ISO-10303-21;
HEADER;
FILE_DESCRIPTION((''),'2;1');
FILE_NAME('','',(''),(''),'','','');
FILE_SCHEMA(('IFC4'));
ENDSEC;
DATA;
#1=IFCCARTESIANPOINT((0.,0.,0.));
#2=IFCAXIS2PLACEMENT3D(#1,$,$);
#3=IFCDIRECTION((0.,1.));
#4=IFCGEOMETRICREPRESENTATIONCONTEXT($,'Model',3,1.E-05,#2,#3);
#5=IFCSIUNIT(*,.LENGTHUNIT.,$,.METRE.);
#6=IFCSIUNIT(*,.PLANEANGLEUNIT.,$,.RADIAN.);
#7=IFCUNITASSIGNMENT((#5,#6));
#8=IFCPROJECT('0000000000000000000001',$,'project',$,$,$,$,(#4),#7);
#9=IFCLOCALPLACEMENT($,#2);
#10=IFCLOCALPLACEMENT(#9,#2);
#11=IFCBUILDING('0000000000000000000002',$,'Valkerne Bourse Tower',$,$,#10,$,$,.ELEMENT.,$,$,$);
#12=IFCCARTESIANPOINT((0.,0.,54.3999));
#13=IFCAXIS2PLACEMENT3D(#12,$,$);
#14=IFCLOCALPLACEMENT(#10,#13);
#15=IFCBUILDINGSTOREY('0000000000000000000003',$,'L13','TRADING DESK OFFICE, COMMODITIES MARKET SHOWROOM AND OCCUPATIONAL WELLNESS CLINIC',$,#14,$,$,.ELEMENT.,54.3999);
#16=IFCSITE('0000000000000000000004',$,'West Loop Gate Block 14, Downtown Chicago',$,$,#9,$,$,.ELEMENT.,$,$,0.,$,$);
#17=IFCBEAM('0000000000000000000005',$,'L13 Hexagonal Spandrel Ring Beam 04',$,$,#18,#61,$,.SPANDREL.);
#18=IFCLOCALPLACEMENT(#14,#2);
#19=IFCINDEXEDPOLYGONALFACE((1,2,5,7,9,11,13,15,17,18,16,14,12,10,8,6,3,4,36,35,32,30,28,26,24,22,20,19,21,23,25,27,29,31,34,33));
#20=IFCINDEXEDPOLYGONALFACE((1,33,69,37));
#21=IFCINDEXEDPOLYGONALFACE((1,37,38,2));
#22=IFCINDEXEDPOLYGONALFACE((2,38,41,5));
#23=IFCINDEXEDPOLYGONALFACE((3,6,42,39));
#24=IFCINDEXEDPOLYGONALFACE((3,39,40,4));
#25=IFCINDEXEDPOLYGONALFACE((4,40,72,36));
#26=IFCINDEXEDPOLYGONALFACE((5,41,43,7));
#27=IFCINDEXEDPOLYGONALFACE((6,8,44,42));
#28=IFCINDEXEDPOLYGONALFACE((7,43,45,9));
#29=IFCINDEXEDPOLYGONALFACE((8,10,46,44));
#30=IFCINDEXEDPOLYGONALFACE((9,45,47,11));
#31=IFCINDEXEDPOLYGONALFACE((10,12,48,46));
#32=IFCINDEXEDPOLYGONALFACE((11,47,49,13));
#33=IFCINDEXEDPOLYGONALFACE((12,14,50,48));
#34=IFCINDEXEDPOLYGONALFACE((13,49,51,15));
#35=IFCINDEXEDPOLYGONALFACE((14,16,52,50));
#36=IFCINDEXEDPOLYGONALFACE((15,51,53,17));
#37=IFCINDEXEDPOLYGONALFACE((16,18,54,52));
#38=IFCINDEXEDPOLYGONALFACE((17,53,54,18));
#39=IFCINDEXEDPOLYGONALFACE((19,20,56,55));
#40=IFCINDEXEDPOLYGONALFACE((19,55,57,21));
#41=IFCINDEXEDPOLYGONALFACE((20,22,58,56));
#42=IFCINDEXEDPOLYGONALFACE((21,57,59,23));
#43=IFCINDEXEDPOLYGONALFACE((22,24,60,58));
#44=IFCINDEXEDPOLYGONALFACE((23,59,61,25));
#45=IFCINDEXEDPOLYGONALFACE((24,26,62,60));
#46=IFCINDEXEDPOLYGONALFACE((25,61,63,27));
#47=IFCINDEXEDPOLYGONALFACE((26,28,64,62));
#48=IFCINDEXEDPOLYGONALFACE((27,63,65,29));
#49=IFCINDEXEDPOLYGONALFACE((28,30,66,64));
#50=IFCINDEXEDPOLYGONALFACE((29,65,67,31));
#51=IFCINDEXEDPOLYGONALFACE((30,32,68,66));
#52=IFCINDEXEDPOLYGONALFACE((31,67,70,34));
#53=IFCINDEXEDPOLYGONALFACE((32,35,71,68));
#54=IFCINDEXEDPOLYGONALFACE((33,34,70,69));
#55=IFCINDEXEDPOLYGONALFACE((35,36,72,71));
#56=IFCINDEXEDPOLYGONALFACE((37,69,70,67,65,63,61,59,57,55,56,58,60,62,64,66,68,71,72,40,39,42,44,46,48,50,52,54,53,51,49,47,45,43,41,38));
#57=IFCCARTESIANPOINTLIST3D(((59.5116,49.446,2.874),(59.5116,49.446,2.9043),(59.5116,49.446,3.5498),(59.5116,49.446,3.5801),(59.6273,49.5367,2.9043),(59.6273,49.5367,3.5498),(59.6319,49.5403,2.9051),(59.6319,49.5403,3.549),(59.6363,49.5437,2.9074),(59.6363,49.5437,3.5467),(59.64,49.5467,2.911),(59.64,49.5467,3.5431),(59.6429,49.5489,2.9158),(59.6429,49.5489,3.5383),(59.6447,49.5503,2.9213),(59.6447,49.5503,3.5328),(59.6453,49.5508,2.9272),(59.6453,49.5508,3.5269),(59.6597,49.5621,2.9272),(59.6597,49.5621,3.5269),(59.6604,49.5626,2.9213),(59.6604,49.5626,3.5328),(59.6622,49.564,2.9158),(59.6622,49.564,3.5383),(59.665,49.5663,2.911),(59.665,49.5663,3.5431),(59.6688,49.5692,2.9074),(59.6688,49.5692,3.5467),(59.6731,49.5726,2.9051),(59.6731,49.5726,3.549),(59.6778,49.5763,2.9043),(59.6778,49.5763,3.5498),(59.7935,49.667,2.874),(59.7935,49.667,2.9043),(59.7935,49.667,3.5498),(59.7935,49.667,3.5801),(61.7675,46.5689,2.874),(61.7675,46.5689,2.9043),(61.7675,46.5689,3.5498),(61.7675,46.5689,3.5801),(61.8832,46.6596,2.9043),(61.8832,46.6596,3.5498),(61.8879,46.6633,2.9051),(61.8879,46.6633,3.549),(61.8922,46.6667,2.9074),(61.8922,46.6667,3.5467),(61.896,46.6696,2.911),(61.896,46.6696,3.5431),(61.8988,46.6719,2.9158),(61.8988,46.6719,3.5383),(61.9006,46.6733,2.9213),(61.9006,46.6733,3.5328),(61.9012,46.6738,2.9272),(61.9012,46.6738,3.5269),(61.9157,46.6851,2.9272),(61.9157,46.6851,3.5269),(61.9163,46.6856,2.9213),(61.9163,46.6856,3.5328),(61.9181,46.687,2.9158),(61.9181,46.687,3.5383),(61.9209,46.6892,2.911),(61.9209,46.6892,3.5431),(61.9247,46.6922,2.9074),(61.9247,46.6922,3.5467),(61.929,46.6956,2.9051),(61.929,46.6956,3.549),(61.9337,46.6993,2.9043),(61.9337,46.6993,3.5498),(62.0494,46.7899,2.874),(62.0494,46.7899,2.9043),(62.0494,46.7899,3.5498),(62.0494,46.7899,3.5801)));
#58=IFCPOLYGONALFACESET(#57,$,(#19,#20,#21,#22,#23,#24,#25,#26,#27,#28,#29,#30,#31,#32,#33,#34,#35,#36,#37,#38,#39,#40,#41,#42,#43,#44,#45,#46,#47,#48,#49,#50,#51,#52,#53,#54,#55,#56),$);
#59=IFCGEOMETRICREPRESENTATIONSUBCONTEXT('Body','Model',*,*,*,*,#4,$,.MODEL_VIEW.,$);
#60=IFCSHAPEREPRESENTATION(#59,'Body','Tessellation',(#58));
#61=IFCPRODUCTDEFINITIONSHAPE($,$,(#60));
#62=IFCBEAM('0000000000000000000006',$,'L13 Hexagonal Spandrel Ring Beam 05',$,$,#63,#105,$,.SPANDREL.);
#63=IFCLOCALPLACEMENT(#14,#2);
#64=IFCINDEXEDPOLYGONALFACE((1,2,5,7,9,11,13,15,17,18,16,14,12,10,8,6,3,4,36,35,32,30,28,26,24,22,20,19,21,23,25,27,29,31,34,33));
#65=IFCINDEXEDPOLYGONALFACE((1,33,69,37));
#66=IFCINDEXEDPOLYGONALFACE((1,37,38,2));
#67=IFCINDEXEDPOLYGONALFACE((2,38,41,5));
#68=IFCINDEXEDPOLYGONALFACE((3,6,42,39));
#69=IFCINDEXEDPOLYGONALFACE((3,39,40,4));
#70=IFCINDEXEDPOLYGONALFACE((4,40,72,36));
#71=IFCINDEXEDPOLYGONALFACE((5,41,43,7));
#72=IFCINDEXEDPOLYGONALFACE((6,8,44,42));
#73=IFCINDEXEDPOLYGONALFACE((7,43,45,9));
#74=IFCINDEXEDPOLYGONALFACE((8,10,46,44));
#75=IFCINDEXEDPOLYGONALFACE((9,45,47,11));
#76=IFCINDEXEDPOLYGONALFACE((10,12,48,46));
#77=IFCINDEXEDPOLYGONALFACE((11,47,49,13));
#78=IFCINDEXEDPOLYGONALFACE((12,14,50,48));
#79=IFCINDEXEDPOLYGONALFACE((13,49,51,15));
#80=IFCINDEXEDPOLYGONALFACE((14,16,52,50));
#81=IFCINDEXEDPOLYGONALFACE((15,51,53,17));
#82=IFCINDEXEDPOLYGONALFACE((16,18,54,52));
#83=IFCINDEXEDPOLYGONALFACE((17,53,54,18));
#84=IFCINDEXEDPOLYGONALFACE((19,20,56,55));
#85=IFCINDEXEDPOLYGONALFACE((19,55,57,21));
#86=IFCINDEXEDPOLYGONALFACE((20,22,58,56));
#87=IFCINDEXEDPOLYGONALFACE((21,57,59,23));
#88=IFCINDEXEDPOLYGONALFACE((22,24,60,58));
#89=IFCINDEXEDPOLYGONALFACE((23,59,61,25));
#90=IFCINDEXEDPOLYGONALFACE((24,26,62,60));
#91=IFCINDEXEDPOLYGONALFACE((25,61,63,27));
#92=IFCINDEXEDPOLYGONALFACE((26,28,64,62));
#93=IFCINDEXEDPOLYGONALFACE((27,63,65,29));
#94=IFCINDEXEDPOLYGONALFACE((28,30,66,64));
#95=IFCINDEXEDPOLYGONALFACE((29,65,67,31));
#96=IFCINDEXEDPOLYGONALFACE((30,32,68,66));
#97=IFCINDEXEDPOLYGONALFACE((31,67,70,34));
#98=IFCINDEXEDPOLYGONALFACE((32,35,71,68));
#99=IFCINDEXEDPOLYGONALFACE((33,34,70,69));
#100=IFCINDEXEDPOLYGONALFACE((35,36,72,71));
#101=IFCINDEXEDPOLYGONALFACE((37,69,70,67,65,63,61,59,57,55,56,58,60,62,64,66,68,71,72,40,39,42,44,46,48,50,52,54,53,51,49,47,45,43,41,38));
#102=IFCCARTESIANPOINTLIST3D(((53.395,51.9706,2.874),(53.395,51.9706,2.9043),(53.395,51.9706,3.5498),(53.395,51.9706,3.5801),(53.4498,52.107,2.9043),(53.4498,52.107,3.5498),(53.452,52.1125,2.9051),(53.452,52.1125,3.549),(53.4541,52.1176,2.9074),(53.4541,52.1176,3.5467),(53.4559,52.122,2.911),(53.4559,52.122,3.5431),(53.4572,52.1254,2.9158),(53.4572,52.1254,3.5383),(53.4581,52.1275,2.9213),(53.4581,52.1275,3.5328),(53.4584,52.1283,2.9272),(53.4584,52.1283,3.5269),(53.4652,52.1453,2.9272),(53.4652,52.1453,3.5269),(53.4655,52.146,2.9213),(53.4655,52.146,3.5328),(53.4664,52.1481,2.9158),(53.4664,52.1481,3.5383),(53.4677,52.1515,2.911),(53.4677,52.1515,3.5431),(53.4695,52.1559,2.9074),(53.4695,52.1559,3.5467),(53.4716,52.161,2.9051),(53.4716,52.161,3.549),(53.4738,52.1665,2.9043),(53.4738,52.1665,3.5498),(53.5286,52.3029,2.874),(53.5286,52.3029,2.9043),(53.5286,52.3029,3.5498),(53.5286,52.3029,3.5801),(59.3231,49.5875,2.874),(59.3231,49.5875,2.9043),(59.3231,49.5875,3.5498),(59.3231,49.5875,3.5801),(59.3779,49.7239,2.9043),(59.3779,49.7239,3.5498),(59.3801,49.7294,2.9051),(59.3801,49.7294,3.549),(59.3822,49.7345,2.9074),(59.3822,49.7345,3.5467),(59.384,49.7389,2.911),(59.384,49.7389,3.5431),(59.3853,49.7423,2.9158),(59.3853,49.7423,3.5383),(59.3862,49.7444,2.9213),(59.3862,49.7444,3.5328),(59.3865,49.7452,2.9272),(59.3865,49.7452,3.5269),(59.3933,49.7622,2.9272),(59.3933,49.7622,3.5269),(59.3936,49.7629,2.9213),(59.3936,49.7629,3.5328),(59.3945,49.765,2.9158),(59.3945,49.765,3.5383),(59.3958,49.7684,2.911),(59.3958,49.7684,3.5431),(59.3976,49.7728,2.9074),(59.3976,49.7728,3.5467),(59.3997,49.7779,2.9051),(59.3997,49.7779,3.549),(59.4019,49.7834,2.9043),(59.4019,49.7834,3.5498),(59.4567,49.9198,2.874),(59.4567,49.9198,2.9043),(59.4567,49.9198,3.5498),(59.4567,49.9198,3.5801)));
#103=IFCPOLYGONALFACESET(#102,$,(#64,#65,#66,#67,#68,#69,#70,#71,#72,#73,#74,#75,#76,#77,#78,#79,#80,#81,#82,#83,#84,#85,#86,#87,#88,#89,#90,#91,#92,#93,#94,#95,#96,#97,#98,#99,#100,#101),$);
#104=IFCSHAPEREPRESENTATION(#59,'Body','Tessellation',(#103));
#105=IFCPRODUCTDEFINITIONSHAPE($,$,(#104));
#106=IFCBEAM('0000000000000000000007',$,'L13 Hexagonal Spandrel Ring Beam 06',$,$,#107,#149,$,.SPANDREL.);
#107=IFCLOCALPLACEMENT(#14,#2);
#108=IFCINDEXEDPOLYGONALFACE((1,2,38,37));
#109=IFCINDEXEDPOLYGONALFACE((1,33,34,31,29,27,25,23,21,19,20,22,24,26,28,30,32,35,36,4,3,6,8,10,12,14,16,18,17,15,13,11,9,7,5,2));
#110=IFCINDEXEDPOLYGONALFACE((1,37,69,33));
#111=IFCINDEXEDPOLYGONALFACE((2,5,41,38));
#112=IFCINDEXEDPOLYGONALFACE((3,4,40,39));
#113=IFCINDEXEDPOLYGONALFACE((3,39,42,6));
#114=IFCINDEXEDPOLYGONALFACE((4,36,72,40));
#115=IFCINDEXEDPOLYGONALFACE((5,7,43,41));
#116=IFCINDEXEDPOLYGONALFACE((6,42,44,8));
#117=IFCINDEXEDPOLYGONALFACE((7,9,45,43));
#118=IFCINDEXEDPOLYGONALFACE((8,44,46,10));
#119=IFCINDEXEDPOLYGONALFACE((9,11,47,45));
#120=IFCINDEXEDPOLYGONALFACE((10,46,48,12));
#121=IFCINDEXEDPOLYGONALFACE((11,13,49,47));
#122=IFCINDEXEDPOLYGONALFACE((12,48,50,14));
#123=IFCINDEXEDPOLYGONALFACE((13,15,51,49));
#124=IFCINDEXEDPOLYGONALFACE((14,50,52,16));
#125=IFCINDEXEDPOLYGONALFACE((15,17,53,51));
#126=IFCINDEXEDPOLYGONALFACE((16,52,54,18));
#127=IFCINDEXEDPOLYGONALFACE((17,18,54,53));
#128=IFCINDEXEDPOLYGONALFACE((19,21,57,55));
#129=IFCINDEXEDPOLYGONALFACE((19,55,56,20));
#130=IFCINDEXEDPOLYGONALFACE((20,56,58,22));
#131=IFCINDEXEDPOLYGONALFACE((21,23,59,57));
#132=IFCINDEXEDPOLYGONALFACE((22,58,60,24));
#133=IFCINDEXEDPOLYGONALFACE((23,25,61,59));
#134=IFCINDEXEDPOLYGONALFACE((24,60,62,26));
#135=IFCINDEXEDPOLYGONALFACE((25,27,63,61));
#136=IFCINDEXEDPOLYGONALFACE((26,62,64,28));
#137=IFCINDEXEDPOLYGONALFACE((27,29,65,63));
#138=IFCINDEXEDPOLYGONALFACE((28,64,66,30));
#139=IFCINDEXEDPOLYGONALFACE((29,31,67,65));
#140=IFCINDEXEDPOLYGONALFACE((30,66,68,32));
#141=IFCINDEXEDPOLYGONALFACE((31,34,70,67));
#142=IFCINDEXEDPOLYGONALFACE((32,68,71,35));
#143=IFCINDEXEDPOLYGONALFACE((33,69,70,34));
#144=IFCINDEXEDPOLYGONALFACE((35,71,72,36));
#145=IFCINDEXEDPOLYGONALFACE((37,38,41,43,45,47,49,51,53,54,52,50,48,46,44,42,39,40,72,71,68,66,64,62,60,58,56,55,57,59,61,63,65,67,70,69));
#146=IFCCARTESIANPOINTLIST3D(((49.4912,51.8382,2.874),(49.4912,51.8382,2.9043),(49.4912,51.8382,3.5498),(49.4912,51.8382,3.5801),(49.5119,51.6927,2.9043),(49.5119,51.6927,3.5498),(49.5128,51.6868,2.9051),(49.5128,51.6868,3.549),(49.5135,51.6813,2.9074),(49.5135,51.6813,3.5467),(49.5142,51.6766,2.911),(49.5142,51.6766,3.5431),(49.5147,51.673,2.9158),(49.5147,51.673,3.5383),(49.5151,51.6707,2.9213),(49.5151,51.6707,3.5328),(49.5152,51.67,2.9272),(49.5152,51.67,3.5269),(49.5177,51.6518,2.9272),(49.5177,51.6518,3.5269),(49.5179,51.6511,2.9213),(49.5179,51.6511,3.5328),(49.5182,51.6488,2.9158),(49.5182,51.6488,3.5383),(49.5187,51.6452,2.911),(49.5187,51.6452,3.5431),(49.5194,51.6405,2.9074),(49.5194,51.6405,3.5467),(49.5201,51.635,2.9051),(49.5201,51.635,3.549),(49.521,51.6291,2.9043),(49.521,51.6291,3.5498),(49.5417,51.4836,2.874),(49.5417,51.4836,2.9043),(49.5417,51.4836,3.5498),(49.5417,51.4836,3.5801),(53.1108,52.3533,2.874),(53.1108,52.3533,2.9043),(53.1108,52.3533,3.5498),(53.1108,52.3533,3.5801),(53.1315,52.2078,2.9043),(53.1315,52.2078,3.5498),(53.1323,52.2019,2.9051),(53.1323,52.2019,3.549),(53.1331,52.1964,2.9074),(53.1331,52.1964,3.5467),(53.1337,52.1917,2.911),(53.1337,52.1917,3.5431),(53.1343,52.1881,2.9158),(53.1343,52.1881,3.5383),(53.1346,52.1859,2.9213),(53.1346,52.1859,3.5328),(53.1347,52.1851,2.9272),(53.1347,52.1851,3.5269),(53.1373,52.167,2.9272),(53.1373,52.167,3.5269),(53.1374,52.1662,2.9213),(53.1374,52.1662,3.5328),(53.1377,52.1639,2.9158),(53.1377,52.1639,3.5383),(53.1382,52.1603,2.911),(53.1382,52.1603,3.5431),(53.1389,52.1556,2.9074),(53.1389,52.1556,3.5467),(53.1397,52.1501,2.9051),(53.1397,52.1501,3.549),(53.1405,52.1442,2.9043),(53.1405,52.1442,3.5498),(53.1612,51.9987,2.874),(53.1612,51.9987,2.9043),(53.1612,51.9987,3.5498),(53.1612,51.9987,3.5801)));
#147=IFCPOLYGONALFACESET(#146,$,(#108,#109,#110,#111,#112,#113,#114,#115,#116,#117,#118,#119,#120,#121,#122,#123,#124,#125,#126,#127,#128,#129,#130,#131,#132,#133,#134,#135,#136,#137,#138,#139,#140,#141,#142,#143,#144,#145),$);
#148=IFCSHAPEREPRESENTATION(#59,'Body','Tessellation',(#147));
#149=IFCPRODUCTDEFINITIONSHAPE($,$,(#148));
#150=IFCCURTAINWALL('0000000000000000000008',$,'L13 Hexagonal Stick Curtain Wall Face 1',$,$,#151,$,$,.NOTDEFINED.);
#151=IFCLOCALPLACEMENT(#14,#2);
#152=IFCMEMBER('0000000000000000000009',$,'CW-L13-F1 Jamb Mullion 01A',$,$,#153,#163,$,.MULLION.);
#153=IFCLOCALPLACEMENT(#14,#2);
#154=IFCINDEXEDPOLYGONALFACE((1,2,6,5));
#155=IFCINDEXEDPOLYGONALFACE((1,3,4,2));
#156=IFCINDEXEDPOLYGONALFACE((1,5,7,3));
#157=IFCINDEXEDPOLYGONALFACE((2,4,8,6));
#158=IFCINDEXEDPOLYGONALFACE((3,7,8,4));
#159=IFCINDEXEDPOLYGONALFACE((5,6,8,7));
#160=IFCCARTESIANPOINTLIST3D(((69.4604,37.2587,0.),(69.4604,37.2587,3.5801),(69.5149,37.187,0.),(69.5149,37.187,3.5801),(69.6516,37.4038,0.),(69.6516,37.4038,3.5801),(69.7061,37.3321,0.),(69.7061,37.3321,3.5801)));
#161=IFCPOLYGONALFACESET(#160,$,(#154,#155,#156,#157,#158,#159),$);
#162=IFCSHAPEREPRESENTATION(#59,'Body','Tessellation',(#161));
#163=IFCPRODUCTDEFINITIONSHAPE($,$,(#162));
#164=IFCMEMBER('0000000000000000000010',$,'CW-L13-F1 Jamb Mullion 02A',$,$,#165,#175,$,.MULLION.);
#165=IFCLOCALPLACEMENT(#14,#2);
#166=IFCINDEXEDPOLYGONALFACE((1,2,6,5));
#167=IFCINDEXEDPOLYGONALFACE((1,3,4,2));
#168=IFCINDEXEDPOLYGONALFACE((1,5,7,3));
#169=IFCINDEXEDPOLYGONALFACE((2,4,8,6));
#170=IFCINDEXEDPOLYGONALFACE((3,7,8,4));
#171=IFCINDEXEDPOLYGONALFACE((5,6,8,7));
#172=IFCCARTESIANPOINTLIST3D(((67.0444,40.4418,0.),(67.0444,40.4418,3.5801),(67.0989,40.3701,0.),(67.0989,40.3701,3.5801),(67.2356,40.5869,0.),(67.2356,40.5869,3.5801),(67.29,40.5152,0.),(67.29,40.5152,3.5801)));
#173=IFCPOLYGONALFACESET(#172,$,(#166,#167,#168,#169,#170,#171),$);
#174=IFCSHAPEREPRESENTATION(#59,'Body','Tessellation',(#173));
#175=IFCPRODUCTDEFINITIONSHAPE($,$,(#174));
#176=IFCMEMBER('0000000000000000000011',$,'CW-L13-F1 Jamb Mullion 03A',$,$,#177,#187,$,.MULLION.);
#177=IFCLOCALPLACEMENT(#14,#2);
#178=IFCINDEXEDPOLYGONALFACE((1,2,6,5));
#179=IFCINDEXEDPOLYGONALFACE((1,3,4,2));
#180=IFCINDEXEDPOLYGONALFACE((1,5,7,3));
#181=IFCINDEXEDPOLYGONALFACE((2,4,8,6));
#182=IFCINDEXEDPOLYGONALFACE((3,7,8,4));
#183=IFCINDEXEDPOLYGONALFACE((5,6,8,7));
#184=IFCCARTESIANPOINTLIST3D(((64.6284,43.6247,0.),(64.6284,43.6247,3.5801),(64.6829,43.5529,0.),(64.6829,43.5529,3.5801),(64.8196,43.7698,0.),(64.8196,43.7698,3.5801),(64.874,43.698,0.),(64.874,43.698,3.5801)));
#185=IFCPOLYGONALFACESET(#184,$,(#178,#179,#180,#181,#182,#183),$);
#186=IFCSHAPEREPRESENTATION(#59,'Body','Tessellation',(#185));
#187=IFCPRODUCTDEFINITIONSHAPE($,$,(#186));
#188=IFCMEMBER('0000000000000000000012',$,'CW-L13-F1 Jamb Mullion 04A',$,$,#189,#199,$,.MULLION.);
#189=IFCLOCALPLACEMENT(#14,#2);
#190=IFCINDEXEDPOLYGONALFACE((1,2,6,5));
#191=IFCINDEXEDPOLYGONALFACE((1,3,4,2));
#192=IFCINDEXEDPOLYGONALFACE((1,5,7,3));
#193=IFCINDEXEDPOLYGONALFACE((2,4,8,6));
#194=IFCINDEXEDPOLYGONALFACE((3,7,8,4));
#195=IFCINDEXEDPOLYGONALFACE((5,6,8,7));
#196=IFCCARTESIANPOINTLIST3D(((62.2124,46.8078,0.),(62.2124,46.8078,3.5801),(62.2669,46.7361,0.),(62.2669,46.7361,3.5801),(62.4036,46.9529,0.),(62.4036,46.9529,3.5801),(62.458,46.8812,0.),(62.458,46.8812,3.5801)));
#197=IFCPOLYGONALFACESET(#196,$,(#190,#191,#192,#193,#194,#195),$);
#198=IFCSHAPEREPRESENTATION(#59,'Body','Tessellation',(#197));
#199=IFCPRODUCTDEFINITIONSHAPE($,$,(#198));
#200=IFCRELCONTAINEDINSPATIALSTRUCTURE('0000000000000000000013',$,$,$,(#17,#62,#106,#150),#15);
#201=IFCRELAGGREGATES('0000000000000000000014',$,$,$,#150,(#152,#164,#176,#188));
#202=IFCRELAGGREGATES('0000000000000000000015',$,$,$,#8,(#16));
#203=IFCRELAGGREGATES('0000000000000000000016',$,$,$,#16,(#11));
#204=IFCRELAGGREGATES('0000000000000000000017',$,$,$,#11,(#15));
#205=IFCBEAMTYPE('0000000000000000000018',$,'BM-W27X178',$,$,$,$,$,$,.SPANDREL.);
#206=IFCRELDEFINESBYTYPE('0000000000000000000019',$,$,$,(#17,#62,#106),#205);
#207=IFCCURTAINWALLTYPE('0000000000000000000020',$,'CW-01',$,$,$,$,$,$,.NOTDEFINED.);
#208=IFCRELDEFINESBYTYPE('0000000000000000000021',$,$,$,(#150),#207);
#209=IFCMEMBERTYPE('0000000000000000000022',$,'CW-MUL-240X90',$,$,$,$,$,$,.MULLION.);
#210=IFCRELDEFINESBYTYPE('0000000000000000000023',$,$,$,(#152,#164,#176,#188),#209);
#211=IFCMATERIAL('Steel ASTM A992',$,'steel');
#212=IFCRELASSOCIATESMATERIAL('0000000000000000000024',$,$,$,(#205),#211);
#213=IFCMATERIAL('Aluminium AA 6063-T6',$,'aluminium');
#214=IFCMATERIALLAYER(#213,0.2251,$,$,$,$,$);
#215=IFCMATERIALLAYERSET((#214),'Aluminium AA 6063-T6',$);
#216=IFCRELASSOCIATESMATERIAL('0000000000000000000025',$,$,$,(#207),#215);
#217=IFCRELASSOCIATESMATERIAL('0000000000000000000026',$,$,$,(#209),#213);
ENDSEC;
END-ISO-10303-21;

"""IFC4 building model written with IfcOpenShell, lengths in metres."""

from ifc_helpers import new_model, si_unit, direction, frame, origin, origin_2d, place, context, subcontext, project, spatial, rectangle, i_section, extrude, material, layer, layer_set, material_profile, profile_set, type_object, element, aggregate, save


model = new_model("IFC4")

# Units and contexts
model_context = context("Model", 3, precision=1e-05, world=origin(), true_north=direction((0.0, 1.0)))
body_context = subcontext(model_context, "Body", "Model", "MODEL_VIEW")
ifc_project = project(units=[si_unit("LENGTHUNIT", "METRE"), si_unit("PLANEANGLEUNIT", "RADIAN")], contexts=[model_context])

# Site, building, storey
site_placement = place(None, origin())
site = spatial("IfcSite", under=ifc_project, at=site_placement, Name="West Loop Gate Block 14, Downtown Chicago", CompositionType="ELEMENT", RefElevation=0.0)
building_placement = place(site_placement, origin())
building = spatial("IfcBuilding", under=site, at=building_placement, Name="Valkerne Bourse Tower", CompositionType="ELEMENT")
storey_placement = place(building_placement, frame((0.0, 0.0, 54.3999)))
storey = spatial("IfcBuildingStorey", under=building, at=storey_placement, Name="L13", Description="TRADING DESK OFFICE, COMMODITIES MARKET SHOWROOM AND OCCUPATIONAL WELLNESS CLINIC", CompositionType="ELEMENT", Elevation=54.3999)

# Beams
ifc_material_1 = material(Name="Steel ASTM A992", Category="steel")
ifc_material_profile_1 = material_profile(ifc_material_1, i_section(OverallWidth=0.3582, OverallDepth=0.7061, WebThickness=0.0183, FlangeThickness=0.0303, FilletRadius=0.0229, at=origin_2d()), Name="W27X178")
ifc_profile_set_1 = profile_set([ifc_material_profile_1], Name="Steel ASTM A992")
beam_type = type_object("IfcBeamType", Name="BM-W27X178", PredefinedType="SPANDREL", material=ifc_profile_set_1)
for number, where, z_axis, x_axis, name in (
    (1, (61.9084, 46.6794, 3.2271), (-0.617043, 0.78693, 0.0), (-0.78693, -0.617043, 0.0), "L13 Hexagonal Spandrel Ring Beam 04"),
):
    element("IfcBeam", number, at=place(storey_placement, frame(where, z_axis=z_axis, x_axis=x_axis)), inside=storey, type_object=beam_type, Name=name, PredefinedType="SPANDREL", context=body_context, shape_type="SweptSolid", body=[
        extrude(i_section(OverallWidth=0.3582, OverallDepth=0.7061, WebThickness=0.0183, FlangeThickness=0.0303, FilletRadius=0.0229, at=origin_2d()), origin(), (0.0, 0.0, 1.0), 3.656),
    ])
beam_1_placement = place(storey_placement, frame((59.3899, 49.7537, 3.2271), z_axis=(-0.927835, 0.372991, 0.0), x_axis=(-0.372991, -0.927835, 0.0)))
element("IfcBeam", 2, at=beam_1_placement, inside=storey, type_object=beam_type, Name="L13 Hexagonal Spandrel Ring Beam 05", PredefinedType="SPANDREL", context=body_context, shape_type="SweptSolid", body=[
    extrude(i_section(OverallWidth=0.3582, OverallDepth=0.7061, WebThickness=0.0183, FlangeThickness=0.0303, FilletRadius=0.0229, at=origin_2d()), origin(), (0.0, 0.0, 1.0), 6.3892),
])
beam_2_placement = place(storey_placement, frame((53.136, 52.176, 3.2271), z_axis=(-0.990024, -0.140898, 0.0), x_axis=(0.140898, -0.990024, 0.0)))
element("IfcBeam", 3, at=beam_2_placement, inside=storey, type_object=beam_type, Name="L13 Hexagonal Spandrel Ring Beam 06", PredefinedType="SPANDREL", context=body_context, shape_type="SweptSolid", body=[
    extrude(i_section(OverallWidth=0.3582, OverallDepth=0.7061, WebThickness=0.0183, FlangeThickness=0.0303, FilletRadius=0.0229, at=origin_2d()), origin(), (0.0, 0.0, 1.0), 3.656),
])

# Curtain wall, members
ifc_material_2 = material(Name="Aluminium AA 6063-T6", Category="aluminium")
ifc_layer_1 = layer(ifc_material_2, 0.2251)
ifc_layer_set_1 = layer_set([ifc_layer_1], Name="Aluminium AA 6063-T6")
curtain_wall_type = type_object("IfcCurtainWallType", Name="CW-01", PredefinedType="NOTDEFINED", material=ifc_layer_set_1)
curtain_wall_1_placement = place(storey_placement, origin())
curtain_wall_1 = element("IfcCurtainWall", 4, at=curtain_wall_1_placement, inside=storey, type_object=curtain_wall_type, Name="L13 Hexagonal Stick Curtain Wall Face 1", PredefinedType="NOTDEFINED")
ifc_material_profile_2 = material_profile(ifc_material_2, rectangle(XDim=0.0901, YDim=0.24, at=origin_2d()), Name="CWM-90X240")
ifc_profile_set_2 = profile_set([ifc_material_profile_2], Name="Aluminium AA 6063-T6")
member_type_1 = type_object("IfcMemberType", Name="CW-MUL-240X90", PredefinedType="MULLION", material=ifc_profile_set_2)
member_1_placement = place(storey_placement, frame((69.5833, 37.2954, 0.0), z_axis=(0.0, 0.0, 1.0), x_axis=(-0.604579, 0.796545, 0.0)))
member_1 = element("IfcMember", 5, at=member_1_placement, type_object=member_type_1, Name="CW-L13-F1 Jamb Mullion 01A", PredefinedType="MULLION", context=body_context, shape_type="SweptSolid", body=[
    extrude(rectangle(XDim=0.0901, YDim=0.24, at=origin_2d()), origin(), (0.0, 0.0, 1.0), 3.5801),
])
member_2_placement = place(storey_placement, frame((67.1672, 40.4785, 0.0), z_axis=(0.0, 0.0, 1.0), x_axis=(-0.604607, 0.796524, 0.0)))
member_2 = element("IfcMember", 6, at=member_2_placement, type_object=member_type_1, Name="CW-L13-F1 Jamb Mullion 02A", PredefinedType="MULLION", context=body_context, shape_type="SweptSolid", body=[
    extrude(rectangle(XDim=0.0901, YDim=0.24, at=origin_2d()), origin(), (0.0, 0.0, 1.0), 3.5801),
])
member_3_placement = place(storey_placement, frame((64.7512, 43.6614, 0.0), z_axis=(0.0, 0.0, 1.0), x_axis=(-0.604595, 0.796533, 0.0)))
member_3 = element("IfcMember", 7, at=member_3_placement, type_object=member_type_1, Name="CW-L13-F1 Jamb Mullion 03A", PredefinedType="MULLION", context=body_context, shape_type="SweptSolid", body=[
    extrude(rectangle(XDim=0.0901, YDim=0.24, at=origin_2d()), origin(), (0.0, 0.0, 1.0), 3.5801),
])
member_4_placement = place(storey_placement, frame((62.3352, 46.8445, 0.0), z_axis=(0.0, 0.0, 1.0), x_axis=(-0.604607, 0.796524, 0.0)))
member_4 = element("IfcMember", 8, at=member_4_placement, type_object=member_type_1, Name="CW-L13-F1 Jamb Mullion 04A", PredefinedType="MULLION", context=body_context, shape_type="SweptSolid", body=[
    extrude(rectangle(XDim=0.0901, YDim=0.24, at=origin_2d()), origin(), (0.0, 0.0, 1.0), 3.5801),
])

aggregate(curtain_wall_1, [member_1, member_2, member_3, member_4])

save(model, "model.ifc")
